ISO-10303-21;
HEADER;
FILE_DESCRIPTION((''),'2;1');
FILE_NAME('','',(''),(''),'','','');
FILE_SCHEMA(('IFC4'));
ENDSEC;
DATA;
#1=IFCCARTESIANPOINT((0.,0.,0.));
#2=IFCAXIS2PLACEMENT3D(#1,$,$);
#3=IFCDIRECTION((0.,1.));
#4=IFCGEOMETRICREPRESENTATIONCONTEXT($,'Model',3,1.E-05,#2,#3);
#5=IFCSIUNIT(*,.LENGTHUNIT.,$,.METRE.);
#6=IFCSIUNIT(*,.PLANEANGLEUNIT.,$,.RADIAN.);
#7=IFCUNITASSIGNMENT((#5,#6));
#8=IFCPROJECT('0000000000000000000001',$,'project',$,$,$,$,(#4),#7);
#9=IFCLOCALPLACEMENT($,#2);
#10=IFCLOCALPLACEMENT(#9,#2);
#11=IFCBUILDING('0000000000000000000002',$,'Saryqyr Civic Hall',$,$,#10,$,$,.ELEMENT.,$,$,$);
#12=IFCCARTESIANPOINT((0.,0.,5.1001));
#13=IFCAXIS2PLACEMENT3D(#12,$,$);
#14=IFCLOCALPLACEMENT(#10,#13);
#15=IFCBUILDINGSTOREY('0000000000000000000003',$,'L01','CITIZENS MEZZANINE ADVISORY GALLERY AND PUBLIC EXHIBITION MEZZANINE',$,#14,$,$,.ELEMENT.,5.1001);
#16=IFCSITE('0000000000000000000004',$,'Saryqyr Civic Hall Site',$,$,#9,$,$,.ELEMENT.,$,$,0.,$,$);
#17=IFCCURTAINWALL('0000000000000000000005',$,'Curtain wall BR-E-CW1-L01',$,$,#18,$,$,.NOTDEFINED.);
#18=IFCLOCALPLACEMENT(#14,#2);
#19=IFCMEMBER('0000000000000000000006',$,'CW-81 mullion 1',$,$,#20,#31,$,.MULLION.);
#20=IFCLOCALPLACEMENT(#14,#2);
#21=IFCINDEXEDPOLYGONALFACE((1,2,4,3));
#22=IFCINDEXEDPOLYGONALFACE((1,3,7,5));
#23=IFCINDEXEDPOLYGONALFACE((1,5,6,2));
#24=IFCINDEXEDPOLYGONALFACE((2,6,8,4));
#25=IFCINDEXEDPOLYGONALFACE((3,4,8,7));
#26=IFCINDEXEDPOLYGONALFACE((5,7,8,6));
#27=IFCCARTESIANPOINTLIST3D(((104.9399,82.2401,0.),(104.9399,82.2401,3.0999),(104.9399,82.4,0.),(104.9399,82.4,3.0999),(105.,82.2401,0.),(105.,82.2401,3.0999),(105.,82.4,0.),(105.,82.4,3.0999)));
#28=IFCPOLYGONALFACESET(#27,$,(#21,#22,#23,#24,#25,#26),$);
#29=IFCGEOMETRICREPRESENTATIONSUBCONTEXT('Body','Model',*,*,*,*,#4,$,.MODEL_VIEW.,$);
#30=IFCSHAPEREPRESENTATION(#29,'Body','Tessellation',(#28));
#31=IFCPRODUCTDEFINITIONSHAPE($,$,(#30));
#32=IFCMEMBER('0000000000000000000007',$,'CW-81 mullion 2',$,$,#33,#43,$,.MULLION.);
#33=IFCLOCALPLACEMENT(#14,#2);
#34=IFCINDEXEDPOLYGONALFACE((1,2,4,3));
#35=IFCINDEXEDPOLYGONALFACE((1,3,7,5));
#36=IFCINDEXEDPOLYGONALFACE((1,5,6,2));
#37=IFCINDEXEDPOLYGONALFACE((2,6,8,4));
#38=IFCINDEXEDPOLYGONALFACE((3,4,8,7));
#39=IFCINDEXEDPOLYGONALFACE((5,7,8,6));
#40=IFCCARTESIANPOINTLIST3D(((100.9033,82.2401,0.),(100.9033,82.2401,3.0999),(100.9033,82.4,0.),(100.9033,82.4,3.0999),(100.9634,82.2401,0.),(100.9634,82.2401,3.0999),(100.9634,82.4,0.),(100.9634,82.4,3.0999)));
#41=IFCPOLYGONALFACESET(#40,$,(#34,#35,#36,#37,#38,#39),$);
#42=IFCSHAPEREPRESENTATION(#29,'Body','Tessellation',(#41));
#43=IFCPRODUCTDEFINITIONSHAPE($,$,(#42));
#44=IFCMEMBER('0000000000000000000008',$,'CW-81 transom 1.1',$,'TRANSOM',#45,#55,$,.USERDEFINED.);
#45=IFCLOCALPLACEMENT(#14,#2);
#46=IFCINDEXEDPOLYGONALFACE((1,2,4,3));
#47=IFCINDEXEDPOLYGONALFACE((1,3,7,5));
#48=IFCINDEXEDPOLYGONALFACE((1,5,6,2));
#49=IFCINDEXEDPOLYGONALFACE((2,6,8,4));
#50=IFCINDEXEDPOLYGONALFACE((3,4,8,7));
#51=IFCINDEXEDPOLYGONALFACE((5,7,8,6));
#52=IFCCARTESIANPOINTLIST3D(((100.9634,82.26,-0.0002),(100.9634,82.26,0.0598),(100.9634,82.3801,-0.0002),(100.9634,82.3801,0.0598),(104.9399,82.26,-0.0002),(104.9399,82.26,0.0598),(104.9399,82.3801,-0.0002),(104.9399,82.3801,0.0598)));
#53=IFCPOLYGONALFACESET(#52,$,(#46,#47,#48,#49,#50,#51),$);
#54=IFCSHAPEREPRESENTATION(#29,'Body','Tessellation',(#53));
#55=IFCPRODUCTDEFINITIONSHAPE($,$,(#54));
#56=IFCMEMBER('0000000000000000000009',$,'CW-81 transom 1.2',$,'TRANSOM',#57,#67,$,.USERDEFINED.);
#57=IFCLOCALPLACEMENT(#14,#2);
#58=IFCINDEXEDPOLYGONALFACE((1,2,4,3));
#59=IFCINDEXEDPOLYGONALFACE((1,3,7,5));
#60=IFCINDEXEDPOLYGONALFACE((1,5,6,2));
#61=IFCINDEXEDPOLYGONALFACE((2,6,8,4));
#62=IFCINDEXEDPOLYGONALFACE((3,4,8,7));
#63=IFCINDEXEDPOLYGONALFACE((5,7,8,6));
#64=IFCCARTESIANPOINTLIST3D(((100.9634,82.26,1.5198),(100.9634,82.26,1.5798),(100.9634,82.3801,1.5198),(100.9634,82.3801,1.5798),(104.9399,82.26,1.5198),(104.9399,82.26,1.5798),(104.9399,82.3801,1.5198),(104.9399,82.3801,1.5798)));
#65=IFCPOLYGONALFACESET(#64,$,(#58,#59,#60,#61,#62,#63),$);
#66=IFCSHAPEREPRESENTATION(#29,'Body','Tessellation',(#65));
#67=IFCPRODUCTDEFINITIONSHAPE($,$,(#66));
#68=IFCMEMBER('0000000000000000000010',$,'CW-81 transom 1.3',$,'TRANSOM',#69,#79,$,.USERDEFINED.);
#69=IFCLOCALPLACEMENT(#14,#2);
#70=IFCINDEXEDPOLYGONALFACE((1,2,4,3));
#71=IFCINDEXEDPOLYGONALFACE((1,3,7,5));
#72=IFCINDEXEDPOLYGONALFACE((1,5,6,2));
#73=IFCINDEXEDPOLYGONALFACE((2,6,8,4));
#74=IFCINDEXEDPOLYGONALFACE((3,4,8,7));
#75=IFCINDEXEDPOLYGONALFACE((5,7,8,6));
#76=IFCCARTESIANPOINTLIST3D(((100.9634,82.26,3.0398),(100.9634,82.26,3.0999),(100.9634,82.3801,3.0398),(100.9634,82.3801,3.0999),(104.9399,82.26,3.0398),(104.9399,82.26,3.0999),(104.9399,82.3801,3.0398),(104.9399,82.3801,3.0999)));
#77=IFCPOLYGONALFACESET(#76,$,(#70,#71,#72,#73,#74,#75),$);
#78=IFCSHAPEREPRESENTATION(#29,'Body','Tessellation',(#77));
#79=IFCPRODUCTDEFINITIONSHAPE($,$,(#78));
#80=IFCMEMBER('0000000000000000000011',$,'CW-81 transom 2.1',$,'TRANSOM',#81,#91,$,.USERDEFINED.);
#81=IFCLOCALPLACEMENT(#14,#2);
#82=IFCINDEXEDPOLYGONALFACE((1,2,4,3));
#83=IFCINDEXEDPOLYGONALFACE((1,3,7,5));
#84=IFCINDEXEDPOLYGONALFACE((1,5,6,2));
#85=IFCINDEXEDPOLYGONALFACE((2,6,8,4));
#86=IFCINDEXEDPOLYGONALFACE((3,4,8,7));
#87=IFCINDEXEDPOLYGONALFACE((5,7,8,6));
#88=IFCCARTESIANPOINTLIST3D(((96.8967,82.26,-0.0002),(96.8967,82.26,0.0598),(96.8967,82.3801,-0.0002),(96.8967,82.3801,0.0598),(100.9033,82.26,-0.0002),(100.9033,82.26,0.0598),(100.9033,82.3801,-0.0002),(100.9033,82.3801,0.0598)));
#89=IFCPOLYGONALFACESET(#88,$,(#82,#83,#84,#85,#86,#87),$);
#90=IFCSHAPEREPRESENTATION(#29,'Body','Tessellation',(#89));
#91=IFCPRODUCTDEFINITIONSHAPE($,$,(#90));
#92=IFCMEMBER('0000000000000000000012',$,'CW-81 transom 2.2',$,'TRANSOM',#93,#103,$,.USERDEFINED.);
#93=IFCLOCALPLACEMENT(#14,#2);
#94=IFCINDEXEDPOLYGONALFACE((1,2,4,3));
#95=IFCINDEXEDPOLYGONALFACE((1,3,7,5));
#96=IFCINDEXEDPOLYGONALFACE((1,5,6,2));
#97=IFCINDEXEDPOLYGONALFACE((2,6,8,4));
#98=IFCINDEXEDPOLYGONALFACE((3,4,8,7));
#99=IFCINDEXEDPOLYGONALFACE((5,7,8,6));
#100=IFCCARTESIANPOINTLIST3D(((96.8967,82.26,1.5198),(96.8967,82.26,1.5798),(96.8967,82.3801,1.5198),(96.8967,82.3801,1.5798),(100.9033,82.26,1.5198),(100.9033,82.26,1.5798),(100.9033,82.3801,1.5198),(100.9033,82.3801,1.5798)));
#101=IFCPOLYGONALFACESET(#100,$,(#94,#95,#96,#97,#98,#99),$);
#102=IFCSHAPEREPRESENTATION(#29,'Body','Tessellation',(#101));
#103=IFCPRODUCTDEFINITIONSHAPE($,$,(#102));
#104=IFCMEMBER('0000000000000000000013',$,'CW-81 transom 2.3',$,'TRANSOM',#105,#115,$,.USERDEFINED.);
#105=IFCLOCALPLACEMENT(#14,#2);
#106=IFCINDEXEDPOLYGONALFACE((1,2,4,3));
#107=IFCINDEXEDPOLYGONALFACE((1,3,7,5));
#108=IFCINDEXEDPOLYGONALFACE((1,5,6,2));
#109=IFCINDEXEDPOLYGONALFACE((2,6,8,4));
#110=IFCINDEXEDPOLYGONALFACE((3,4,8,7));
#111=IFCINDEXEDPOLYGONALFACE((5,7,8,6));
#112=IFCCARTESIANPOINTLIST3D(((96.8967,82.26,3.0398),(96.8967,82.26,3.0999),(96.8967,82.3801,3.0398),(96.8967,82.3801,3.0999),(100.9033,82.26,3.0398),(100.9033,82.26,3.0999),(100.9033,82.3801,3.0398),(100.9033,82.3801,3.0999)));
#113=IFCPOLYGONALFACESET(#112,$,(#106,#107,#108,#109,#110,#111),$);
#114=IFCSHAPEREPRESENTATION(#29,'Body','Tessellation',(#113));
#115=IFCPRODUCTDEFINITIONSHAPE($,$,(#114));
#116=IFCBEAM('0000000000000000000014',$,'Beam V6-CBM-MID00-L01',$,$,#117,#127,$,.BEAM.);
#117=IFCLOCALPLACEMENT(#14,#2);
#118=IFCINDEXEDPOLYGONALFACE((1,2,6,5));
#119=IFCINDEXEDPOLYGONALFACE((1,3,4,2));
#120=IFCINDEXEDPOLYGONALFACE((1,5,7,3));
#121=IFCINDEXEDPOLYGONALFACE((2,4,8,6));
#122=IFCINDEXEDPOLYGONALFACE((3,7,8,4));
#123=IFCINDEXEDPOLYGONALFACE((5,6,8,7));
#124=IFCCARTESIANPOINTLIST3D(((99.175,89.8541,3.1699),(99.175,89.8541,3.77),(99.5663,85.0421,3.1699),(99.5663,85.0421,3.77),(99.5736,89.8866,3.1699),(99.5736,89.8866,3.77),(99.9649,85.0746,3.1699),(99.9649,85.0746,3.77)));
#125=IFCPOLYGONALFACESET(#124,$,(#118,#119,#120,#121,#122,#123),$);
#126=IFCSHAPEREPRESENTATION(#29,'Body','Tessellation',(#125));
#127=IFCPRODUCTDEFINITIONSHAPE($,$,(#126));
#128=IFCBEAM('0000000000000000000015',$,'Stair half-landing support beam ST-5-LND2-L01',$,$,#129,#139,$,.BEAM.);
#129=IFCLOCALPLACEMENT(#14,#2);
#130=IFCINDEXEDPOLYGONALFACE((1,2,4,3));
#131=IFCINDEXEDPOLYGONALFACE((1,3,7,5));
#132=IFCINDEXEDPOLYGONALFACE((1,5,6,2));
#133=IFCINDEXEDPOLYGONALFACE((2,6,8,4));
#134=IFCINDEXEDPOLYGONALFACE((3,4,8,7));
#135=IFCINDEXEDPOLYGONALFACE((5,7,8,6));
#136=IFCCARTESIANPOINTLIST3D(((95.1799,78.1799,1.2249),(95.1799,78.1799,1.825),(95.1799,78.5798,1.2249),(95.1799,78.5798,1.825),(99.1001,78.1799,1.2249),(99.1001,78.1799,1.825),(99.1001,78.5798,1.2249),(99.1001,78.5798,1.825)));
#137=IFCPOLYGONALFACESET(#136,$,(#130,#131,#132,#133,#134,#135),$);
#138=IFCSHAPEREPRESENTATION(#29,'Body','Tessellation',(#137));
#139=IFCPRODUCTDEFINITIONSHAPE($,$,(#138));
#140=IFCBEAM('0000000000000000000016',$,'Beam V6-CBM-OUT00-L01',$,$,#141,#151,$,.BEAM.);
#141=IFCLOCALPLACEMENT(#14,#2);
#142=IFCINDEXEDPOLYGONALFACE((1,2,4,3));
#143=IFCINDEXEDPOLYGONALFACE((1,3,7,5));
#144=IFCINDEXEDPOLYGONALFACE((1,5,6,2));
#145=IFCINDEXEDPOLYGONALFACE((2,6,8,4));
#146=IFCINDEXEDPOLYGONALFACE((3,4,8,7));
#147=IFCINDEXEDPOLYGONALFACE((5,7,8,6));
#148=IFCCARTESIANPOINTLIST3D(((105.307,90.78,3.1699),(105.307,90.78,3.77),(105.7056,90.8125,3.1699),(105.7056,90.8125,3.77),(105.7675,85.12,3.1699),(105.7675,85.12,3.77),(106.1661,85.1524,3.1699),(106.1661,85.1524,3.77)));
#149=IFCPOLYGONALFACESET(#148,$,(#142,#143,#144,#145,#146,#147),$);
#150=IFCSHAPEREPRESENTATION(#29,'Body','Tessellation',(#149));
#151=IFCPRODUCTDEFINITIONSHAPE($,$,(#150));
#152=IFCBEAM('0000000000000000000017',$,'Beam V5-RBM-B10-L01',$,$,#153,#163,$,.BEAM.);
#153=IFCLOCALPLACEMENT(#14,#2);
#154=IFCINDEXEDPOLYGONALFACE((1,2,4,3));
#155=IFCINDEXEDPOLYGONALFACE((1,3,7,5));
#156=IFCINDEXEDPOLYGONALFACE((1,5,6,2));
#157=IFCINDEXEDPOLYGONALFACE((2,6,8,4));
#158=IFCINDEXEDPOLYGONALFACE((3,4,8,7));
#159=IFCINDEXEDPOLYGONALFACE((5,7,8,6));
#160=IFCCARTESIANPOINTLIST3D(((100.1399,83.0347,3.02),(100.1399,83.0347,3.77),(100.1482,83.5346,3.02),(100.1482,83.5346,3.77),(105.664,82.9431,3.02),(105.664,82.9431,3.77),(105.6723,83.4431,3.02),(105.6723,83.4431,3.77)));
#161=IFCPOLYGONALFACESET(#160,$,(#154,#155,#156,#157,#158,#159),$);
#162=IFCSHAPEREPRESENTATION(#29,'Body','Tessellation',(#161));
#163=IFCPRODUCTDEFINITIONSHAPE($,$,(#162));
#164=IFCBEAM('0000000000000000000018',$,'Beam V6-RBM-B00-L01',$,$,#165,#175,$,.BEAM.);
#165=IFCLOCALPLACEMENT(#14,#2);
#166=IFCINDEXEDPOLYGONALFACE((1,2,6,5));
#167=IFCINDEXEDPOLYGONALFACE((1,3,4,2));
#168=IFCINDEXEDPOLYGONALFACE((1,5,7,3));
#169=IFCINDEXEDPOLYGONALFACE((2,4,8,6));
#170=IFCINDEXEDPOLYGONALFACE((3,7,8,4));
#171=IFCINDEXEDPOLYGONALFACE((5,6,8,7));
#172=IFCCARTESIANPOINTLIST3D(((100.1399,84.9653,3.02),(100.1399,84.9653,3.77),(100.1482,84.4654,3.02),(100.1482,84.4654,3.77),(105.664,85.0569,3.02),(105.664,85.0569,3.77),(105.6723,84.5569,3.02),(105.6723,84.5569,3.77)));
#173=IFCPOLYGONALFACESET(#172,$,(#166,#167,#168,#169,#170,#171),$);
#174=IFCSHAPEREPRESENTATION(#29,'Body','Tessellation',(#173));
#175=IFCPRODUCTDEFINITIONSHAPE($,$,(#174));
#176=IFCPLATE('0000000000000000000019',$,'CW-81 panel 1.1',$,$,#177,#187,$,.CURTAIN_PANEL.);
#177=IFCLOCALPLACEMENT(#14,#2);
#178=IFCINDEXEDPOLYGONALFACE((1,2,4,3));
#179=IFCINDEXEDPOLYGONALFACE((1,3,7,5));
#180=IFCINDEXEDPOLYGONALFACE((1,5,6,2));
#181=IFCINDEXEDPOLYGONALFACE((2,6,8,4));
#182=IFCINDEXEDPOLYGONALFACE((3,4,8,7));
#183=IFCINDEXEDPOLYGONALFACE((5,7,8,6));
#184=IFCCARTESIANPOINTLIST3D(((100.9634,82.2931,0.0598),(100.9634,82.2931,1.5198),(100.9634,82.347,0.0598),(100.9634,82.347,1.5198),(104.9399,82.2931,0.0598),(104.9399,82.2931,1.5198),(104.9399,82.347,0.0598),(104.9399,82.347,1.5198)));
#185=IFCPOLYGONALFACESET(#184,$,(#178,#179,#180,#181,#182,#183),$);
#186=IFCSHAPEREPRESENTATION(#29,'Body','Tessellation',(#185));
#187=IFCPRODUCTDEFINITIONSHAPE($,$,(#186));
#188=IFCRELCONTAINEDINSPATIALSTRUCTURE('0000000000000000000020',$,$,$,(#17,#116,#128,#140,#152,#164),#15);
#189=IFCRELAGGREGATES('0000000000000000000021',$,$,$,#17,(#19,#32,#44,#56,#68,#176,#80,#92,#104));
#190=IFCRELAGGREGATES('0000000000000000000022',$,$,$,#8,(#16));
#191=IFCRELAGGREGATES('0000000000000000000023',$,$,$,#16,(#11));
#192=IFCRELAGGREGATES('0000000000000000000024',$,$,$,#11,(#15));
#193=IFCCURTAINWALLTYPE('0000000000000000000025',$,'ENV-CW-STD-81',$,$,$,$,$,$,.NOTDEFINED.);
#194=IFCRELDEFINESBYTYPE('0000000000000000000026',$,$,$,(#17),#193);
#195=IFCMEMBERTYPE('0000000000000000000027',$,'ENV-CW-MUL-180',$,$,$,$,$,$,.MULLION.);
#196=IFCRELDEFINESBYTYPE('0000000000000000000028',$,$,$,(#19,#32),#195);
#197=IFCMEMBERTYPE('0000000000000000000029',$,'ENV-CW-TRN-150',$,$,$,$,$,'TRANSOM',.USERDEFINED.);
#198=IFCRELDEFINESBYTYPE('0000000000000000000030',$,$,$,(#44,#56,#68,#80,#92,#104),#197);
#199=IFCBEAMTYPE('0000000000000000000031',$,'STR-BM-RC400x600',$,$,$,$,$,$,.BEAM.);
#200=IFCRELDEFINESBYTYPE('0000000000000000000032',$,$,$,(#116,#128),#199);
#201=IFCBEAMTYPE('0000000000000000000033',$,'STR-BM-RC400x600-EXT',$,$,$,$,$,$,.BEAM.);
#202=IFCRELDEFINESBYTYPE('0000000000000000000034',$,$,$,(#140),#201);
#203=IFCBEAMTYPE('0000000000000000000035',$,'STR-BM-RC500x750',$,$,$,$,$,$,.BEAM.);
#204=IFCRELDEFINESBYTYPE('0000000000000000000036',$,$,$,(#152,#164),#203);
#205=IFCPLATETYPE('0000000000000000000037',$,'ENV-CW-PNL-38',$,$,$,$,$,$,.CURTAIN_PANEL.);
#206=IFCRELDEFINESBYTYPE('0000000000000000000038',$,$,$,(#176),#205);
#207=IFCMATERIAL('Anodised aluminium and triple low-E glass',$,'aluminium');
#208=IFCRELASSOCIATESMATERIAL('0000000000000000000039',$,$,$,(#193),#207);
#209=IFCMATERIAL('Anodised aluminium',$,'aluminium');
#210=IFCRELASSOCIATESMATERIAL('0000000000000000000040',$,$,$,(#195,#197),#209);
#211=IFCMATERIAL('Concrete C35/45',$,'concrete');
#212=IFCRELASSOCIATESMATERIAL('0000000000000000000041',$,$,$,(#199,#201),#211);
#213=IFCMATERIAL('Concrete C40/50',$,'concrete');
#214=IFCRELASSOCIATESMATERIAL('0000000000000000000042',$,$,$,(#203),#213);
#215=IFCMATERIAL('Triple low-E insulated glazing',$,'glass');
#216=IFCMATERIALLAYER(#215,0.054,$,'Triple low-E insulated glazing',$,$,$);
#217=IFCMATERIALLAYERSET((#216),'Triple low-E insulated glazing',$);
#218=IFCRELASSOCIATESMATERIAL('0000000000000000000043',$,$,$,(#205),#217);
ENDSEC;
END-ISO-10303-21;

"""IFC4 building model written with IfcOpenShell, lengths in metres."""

from ifc_helpers import new_model, si_unit, direction, frame, origin, origin_2d, place, context, subcontext, project, spatial, rectangle, extrude, material, layer, layer_set, material_profile, profile_set, type_object, element, aggregate, save


model = new_model("IFC4")

# Units and contexts
model_context = context("Model", 3, precision=1e-05, world=origin(), true_north=direction((0.0, 1.0)))
body_context = subcontext(model_context, "Body", "Model", "MODEL_VIEW")
ifc_project = project(units=[si_unit("LENGTHUNIT", "METRE"), si_unit("PLANEANGLEUNIT", "RADIAN")], contexts=[model_context])

# Site, building, storey
site_placement = place(None, origin())
site = spatial("IfcSite", under=ifc_project, at=site_placement, Name="Saryqyr Civic Hall Site", CompositionType="ELEMENT", RefElevation=0.0)
building_placement = place(site_placement, origin())
building = spatial("IfcBuilding", under=site, at=building_placement, Name="Saryqyr Civic Hall", CompositionType="ELEMENT")
storey_placement = place(building_placement, frame((0.0, 0.0, 5.1001)))
storey = spatial("IfcBuildingStorey", under=building, at=storey_placement, Name="L01", Description="CITIZENS MEZZANINE ADVISORY GALLERY AND PUBLIC EXHIBITION MEZZANINE", CompositionType="ELEMENT", Elevation=5.1001)

# Shared definitions
ifc_material_1 = material(Name="Concrete C40/50", Category="concrete")
ifc_material_2 = material(Name="Concrete C35/45", Category="concrete")

# Curtain wall, members
ifc_material_3 = material(Name="Anodised aluminium and triple low-E glass", Category="aluminium")
curtain_wall_type = type_object("IfcCurtainWallType", Name="ENV-CW-STD-81", PredefinedType="NOTDEFINED", material=ifc_material_3)
curtain_wall_placement = place(storey_placement, origin())
curtain_wall = element("IfcCurtainWall", 1, at=curtain_wall_placement, inside=storey, type_object=curtain_wall_type, Name="Curtain wall BR-E-CW1-L01", PredefinedType="NOTDEFINED")
ifc_material_4 = material(Name="Anodised aluminium", Category="aluminium")
ifc_material_profile_1 = material_profile(ifc_material_4, rectangle(XDim=0.0601, YDim=0.1599, at=origin_2d()), Name="ALU MULLION 60x160")
ifc_profile_set_1 = profile_set([ifc_material_profile_1], Name="Anodised aluminium")
member_type_1 = type_object("IfcMemberType", Name="ENV-CW-MUL-180", PredefinedType="MULLION", material=ifc_profile_set_1)
member_1_placement = place(storey_placement, frame((104.97, 82.3201, 0.0), z_axis=(0.0, 0.0, 1.0), x_axis=(-1.0, 0.0, 0.0)))
member_1 = element("IfcMember", 2, at=member_1_placement, type_object=member_type_1, Name="CW-81 mullion 1", PredefinedType="MULLION", context=body_context, shape_type="SweptSolid", body=[
    extrude(rectangle(XDim=0.0601, YDim=0.1599, at=origin_2d()), origin(), (0.0, 0.0, 1.0), 3.0999),
])
member_2_placement = place(storey_placement, frame((100.9333, 82.3201, 0.0), z_axis=(0.0, 0.0, 1.0), x_axis=(-1.0, 0.0, 0.0)))
member_2 = element("IfcMember", 3, at=member_2_placement, type_object=member_type_1, Name="CW-81 mullion 2", PredefinedType="MULLION", context=body_context, shape_type="SweptSolid", body=[
    extrude(rectangle(XDim=0.0601, YDim=0.1599, at=origin_2d()), origin(), (0.0, 0.0, 1.0), 3.0999),
])
ifc_material_profile_2 = material_profile(ifc_material_4, rectangle(XDim=0.1201, YDim=0.0601, at=origin_2d()), Name="ALU TRANSOM 120x60")
ifc_profile_set_2 = profile_set([ifc_material_profile_2], Name="Anodised aluminium")
member_type_2 = type_object("IfcMemberType", Name="ENV-CW-TRN-150", ElementType="TRANSOM", PredefinedType="USERDEFINED", material=ifc_profile_set_2)
member_3_placement = place(storey_placement, frame((104.9399, 82.3201, 0.0298), z_axis=(-1.0, 0.0, 0.0), x_axis=(0.0, -1.0, 0.0)))
member_3 = element("IfcMember", 4, at=member_3_placement, type_object=member_type_2, Name="CW-81 transom 1.1", ObjectType="TRANSOM", PredefinedType="USERDEFINED", context=body_context, shape_type="SweptSolid", body=[
    extrude(rectangle(XDim=0.1201, YDim=0.0601, at=origin_2d()), origin(), (0.0, 0.0, 1.0), 3.9766),
])
member_4_placement = place(storey_placement, frame((104.9399, 82.3201, 1.5498), z_axis=(-1.0, 0.0, 0.0), x_axis=(0.0, -1.0, 0.0)))
member_4 = element("IfcMember", 5, at=member_4_placement, type_object=member_type_2, Name="CW-81 transom 1.2", ObjectType="TRANSOM", PredefinedType="USERDEFINED", context=body_context, shape_type="SweptSolid", body=[
    extrude(rectangle(XDim=0.1201, YDim=0.0601, at=origin_2d()), origin(), (0.0, 0.0, 1.0), 3.9766),
])
member_5_placement = place(storey_placement, frame((104.9399, 82.3201, 3.0698), z_axis=(-1.0, 0.0, 0.0), x_axis=(0.0, -1.0, 0.0)))
member_5 = element("IfcMember", 6, at=member_5_placement, type_object=member_type_2, Name="CW-81 transom 1.3", ObjectType="TRANSOM", PredefinedType="USERDEFINED", context=body_context, shape_type="SweptSolid", body=[
    extrude(rectangle(XDim=0.1201, YDim=0.0601, at=origin_2d()), origin(), (0.0, 0.0, 1.0), 3.9766),
])
member_6_placement = place(storey_placement, frame((100.9033, 82.3201, 0.0298), z_axis=(-1.0, 0.0, 0.0), x_axis=(0.0, -1.0, 0.0)))
member_6 = element("IfcMember", 7, at=member_6_placement, type_object=member_type_2, Name="CW-81 transom 2.1", ObjectType="TRANSOM", PredefinedType="USERDEFINED", context=body_context, shape_type="SweptSolid", body=[
    extrude(rectangle(XDim=0.1201, YDim=0.0601, at=origin_2d()), origin(), (0.0, 0.0, 1.0), 4.0066),
])
member_7_placement = place(storey_placement, frame((100.9033, 82.3201, 1.5498), z_axis=(-1.0, 0.0, 0.0), x_axis=(0.0, -1.0, 0.0)))
member_7 = element("IfcMember", 8, at=member_7_placement, type_object=member_type_2, Name="CW-81 transom 2.2", ObjectType="TRANSOM", PredefinedType="USERDEFINED", context=body_context, shape_type="SweptSolid", body=[
    extrude(rectangle(XDim=0.1201, YDim=0.0601, at=origin_2d()), origin(), (0.0, 0.0, 1.0), 4.0066),
])
member_8_placement = place(storey_placement, frame((100.9033, 82.3201, 3.0698), z_axis=(-1.0, 0.0, 0.0), x_axis=(0.0, -1.0, 0.0)))
member_8 = element("IfcMember", 9, at=member_8_placement, type_object=member_type_2, Name="CW-81 transom 2.3", ObjectType="TRANSOM", PredefinedType="USERDEFINED", context=body_context, shape_type="SweptSolid", body=[
    extrude(rectangle(XDim=0.1201, YDim=0.0601, at=origin_2d()), origin(), (0.0, 0.0, 1.0), 4.0066),
])

# Beams
ifc_material_profile_3 = material_profile(ifc_material_2, rectangle(XDim=0.3999, YDim=0.6001, at=origin_2d()), Name="RC 400x600")
ifc_profile_set_3 = profile_set([ifc_material_profile_3], Name="Concrete C35/45")
beam_type_1 = type_object("IfcBeamType", Name="STR-BM-RC400x600", PredefinedType="BEAM", material=ifc_profile_set_3)
beam_1_placement = place(storey_placement, frame((99.7656, 85.0583, 3.47), z_axis=(-0.081062, 0.996709, 0.0), x_axis=(-0.996709, -0.081062, 0.0)))
element("IfcBeam", 10, at=beam_1_placement, inside=storey, type_object=beam_type_1, Name="Beam V6-CBM-MID00-L01", PredefinedType="BEAM", context=body_context, shape_type="SweptSolid", body=[
    extrude(rectangle(XDim=0.3999, YDim=0.6001, at=origin_2d()), origin(), (0.0, 0.0, 1.0), 4.8279),
])
beam_2_placement = place(storey_placement, frame((99.1001, 78.3799, 1.5249), z_axis=(-1.0, 0.0, 0.0), x_axis=(0.0, -1.0, 0.0)))
element("IfcBeam", 11, at=beam_2_placement, inside=storey, type_object=beam_type_1, Name="Stair half-landing support beam ST-5-LND2-L01", PredefinedType="BEAM", context=body_context, shape_type="SweptSolid", body=[
    extrude(rectangle(XDim=0.3999, YDim=0.6001, at=origin_2d()), origin(), (0.0, 0.0, 1.0), 3.9202),
])
ifc_material_profile_4 = material_profile(ifc_material_2, rectangle(XDim=0.3999, YDim=0.6001, at=origin_2d()), Name="RC 400x600")
ifc_profile_set_4 = profile_set([ifc_material_profile_4], Name="Concrete C35/45")
beam_type_2 = type_object("IfcBeamType", Name="STR-BM-RC400x600-EXT", PredefinedType="BEAM", material=ifc_profile_set_4)
beam_3_placement = place(storey_placement, frame((105.9668, 85.1362, 3.47), z_axis=(-0.081085, 0.996707, 0.0), x_axis=(-0.996707, -0.081085, 0.0)))
element("IfcBeam", 12, at=beam_3_placement, inside=storey, type_object=beam_type_2, Name="Beam V6-CBM-OUT00-L01", PredefinedType="BEAM", context=body_context, shape_type="SweptSolid", body=[
    extrude(rectangle(XDim=0.3999, YDim=0.6001, at=origin_2d()), origin(), (0.0, 0.0, 1.0), 5.6787),
])
ifc_material_profile_5 = material_profile(ifc_material_1, rectangle(XDim=0.5, YDim=0.75, at=origin_2d()), Name="RC 500x750")
ifc_profile_set_5 = profile_set([ifc_material_profile_5], Name="Concrete C40/50")
beam_type_3 = type_object("IfcBeamType", Name="STR-BM-RC500x750", PredefinedType="BEAM", material=ifc_profile_set_5)
for number, where, z_axis, x_axis, name in (
    (13, (100.144, 83.2847, 3.395), (0.999863, -0.016571, 0.0), (0.016571, 0.999863, 0.0), "Beam V5-RBM-B10-L01"),
    (14, (100.144, 84.7153, 3.395), (0.999863, 0.016571, 0.0), (-0.016571, 0.999863, 0.0), "Beam V6-RBM-B00-L01"),
):
    element("IfcBeam", number, at=place(storey_placement, frame(where, z_axis=z_axis, x_axis=x_axis)), inside=storey, type_object=beam_type_3, Name=name, PredefinedType="BEAM", context=body_context, shape_type="SweptSolid", body=[
        extrude(rectangle(XDim=0.5, YDim=0.75, at=origin_2d()), origin(), (0.0, 0.0, 1.0), 5.5249),
    ])

# Plate
ifc_material_5 = material(Name="Triple low-E insulated glazing", Category="glass")
ifc_layer_1 = layer(ifc_material_5, 0.054, Name="Triple low-E insulated glazing")
ifc_layer_set_1 = layer_set([ifc_layer_1], Name="Triple low-E insulated glazing")
plate_type = type_object("IfcPlateType", Name="ENV-CW-PNL-38", PredefinedType="CURTAIN_PANEL", material=ifc_layer_set_1)
plate_1_placement = place(storey_placement, frame((102.9517, 82.3201, 0.0598), z_axis=(0.0, 0.0, 1.0), x_axis=(-1.0, 0.0, 0.0)))
plate_1 = element("IfcPlate", 15, at=plate_1_placement, type_object=plate_type, Name="CW-81 panel 1.1", PredefinedType="CURTAIN_PANEL", context=body_context, shape_type="SweptSolid", body=[
    extrude(rectangle(XDim=3.9766, YDim=0.054, at=origin_2d()), origin(), (0.0, 0.0, 1.0), 1.46),
])
aggregate(curtain_wall, [member_1, member_2, member_3, member_4, member_5, plate_1, member_6, member_7, member_8])

save(model, "model.ifc")
